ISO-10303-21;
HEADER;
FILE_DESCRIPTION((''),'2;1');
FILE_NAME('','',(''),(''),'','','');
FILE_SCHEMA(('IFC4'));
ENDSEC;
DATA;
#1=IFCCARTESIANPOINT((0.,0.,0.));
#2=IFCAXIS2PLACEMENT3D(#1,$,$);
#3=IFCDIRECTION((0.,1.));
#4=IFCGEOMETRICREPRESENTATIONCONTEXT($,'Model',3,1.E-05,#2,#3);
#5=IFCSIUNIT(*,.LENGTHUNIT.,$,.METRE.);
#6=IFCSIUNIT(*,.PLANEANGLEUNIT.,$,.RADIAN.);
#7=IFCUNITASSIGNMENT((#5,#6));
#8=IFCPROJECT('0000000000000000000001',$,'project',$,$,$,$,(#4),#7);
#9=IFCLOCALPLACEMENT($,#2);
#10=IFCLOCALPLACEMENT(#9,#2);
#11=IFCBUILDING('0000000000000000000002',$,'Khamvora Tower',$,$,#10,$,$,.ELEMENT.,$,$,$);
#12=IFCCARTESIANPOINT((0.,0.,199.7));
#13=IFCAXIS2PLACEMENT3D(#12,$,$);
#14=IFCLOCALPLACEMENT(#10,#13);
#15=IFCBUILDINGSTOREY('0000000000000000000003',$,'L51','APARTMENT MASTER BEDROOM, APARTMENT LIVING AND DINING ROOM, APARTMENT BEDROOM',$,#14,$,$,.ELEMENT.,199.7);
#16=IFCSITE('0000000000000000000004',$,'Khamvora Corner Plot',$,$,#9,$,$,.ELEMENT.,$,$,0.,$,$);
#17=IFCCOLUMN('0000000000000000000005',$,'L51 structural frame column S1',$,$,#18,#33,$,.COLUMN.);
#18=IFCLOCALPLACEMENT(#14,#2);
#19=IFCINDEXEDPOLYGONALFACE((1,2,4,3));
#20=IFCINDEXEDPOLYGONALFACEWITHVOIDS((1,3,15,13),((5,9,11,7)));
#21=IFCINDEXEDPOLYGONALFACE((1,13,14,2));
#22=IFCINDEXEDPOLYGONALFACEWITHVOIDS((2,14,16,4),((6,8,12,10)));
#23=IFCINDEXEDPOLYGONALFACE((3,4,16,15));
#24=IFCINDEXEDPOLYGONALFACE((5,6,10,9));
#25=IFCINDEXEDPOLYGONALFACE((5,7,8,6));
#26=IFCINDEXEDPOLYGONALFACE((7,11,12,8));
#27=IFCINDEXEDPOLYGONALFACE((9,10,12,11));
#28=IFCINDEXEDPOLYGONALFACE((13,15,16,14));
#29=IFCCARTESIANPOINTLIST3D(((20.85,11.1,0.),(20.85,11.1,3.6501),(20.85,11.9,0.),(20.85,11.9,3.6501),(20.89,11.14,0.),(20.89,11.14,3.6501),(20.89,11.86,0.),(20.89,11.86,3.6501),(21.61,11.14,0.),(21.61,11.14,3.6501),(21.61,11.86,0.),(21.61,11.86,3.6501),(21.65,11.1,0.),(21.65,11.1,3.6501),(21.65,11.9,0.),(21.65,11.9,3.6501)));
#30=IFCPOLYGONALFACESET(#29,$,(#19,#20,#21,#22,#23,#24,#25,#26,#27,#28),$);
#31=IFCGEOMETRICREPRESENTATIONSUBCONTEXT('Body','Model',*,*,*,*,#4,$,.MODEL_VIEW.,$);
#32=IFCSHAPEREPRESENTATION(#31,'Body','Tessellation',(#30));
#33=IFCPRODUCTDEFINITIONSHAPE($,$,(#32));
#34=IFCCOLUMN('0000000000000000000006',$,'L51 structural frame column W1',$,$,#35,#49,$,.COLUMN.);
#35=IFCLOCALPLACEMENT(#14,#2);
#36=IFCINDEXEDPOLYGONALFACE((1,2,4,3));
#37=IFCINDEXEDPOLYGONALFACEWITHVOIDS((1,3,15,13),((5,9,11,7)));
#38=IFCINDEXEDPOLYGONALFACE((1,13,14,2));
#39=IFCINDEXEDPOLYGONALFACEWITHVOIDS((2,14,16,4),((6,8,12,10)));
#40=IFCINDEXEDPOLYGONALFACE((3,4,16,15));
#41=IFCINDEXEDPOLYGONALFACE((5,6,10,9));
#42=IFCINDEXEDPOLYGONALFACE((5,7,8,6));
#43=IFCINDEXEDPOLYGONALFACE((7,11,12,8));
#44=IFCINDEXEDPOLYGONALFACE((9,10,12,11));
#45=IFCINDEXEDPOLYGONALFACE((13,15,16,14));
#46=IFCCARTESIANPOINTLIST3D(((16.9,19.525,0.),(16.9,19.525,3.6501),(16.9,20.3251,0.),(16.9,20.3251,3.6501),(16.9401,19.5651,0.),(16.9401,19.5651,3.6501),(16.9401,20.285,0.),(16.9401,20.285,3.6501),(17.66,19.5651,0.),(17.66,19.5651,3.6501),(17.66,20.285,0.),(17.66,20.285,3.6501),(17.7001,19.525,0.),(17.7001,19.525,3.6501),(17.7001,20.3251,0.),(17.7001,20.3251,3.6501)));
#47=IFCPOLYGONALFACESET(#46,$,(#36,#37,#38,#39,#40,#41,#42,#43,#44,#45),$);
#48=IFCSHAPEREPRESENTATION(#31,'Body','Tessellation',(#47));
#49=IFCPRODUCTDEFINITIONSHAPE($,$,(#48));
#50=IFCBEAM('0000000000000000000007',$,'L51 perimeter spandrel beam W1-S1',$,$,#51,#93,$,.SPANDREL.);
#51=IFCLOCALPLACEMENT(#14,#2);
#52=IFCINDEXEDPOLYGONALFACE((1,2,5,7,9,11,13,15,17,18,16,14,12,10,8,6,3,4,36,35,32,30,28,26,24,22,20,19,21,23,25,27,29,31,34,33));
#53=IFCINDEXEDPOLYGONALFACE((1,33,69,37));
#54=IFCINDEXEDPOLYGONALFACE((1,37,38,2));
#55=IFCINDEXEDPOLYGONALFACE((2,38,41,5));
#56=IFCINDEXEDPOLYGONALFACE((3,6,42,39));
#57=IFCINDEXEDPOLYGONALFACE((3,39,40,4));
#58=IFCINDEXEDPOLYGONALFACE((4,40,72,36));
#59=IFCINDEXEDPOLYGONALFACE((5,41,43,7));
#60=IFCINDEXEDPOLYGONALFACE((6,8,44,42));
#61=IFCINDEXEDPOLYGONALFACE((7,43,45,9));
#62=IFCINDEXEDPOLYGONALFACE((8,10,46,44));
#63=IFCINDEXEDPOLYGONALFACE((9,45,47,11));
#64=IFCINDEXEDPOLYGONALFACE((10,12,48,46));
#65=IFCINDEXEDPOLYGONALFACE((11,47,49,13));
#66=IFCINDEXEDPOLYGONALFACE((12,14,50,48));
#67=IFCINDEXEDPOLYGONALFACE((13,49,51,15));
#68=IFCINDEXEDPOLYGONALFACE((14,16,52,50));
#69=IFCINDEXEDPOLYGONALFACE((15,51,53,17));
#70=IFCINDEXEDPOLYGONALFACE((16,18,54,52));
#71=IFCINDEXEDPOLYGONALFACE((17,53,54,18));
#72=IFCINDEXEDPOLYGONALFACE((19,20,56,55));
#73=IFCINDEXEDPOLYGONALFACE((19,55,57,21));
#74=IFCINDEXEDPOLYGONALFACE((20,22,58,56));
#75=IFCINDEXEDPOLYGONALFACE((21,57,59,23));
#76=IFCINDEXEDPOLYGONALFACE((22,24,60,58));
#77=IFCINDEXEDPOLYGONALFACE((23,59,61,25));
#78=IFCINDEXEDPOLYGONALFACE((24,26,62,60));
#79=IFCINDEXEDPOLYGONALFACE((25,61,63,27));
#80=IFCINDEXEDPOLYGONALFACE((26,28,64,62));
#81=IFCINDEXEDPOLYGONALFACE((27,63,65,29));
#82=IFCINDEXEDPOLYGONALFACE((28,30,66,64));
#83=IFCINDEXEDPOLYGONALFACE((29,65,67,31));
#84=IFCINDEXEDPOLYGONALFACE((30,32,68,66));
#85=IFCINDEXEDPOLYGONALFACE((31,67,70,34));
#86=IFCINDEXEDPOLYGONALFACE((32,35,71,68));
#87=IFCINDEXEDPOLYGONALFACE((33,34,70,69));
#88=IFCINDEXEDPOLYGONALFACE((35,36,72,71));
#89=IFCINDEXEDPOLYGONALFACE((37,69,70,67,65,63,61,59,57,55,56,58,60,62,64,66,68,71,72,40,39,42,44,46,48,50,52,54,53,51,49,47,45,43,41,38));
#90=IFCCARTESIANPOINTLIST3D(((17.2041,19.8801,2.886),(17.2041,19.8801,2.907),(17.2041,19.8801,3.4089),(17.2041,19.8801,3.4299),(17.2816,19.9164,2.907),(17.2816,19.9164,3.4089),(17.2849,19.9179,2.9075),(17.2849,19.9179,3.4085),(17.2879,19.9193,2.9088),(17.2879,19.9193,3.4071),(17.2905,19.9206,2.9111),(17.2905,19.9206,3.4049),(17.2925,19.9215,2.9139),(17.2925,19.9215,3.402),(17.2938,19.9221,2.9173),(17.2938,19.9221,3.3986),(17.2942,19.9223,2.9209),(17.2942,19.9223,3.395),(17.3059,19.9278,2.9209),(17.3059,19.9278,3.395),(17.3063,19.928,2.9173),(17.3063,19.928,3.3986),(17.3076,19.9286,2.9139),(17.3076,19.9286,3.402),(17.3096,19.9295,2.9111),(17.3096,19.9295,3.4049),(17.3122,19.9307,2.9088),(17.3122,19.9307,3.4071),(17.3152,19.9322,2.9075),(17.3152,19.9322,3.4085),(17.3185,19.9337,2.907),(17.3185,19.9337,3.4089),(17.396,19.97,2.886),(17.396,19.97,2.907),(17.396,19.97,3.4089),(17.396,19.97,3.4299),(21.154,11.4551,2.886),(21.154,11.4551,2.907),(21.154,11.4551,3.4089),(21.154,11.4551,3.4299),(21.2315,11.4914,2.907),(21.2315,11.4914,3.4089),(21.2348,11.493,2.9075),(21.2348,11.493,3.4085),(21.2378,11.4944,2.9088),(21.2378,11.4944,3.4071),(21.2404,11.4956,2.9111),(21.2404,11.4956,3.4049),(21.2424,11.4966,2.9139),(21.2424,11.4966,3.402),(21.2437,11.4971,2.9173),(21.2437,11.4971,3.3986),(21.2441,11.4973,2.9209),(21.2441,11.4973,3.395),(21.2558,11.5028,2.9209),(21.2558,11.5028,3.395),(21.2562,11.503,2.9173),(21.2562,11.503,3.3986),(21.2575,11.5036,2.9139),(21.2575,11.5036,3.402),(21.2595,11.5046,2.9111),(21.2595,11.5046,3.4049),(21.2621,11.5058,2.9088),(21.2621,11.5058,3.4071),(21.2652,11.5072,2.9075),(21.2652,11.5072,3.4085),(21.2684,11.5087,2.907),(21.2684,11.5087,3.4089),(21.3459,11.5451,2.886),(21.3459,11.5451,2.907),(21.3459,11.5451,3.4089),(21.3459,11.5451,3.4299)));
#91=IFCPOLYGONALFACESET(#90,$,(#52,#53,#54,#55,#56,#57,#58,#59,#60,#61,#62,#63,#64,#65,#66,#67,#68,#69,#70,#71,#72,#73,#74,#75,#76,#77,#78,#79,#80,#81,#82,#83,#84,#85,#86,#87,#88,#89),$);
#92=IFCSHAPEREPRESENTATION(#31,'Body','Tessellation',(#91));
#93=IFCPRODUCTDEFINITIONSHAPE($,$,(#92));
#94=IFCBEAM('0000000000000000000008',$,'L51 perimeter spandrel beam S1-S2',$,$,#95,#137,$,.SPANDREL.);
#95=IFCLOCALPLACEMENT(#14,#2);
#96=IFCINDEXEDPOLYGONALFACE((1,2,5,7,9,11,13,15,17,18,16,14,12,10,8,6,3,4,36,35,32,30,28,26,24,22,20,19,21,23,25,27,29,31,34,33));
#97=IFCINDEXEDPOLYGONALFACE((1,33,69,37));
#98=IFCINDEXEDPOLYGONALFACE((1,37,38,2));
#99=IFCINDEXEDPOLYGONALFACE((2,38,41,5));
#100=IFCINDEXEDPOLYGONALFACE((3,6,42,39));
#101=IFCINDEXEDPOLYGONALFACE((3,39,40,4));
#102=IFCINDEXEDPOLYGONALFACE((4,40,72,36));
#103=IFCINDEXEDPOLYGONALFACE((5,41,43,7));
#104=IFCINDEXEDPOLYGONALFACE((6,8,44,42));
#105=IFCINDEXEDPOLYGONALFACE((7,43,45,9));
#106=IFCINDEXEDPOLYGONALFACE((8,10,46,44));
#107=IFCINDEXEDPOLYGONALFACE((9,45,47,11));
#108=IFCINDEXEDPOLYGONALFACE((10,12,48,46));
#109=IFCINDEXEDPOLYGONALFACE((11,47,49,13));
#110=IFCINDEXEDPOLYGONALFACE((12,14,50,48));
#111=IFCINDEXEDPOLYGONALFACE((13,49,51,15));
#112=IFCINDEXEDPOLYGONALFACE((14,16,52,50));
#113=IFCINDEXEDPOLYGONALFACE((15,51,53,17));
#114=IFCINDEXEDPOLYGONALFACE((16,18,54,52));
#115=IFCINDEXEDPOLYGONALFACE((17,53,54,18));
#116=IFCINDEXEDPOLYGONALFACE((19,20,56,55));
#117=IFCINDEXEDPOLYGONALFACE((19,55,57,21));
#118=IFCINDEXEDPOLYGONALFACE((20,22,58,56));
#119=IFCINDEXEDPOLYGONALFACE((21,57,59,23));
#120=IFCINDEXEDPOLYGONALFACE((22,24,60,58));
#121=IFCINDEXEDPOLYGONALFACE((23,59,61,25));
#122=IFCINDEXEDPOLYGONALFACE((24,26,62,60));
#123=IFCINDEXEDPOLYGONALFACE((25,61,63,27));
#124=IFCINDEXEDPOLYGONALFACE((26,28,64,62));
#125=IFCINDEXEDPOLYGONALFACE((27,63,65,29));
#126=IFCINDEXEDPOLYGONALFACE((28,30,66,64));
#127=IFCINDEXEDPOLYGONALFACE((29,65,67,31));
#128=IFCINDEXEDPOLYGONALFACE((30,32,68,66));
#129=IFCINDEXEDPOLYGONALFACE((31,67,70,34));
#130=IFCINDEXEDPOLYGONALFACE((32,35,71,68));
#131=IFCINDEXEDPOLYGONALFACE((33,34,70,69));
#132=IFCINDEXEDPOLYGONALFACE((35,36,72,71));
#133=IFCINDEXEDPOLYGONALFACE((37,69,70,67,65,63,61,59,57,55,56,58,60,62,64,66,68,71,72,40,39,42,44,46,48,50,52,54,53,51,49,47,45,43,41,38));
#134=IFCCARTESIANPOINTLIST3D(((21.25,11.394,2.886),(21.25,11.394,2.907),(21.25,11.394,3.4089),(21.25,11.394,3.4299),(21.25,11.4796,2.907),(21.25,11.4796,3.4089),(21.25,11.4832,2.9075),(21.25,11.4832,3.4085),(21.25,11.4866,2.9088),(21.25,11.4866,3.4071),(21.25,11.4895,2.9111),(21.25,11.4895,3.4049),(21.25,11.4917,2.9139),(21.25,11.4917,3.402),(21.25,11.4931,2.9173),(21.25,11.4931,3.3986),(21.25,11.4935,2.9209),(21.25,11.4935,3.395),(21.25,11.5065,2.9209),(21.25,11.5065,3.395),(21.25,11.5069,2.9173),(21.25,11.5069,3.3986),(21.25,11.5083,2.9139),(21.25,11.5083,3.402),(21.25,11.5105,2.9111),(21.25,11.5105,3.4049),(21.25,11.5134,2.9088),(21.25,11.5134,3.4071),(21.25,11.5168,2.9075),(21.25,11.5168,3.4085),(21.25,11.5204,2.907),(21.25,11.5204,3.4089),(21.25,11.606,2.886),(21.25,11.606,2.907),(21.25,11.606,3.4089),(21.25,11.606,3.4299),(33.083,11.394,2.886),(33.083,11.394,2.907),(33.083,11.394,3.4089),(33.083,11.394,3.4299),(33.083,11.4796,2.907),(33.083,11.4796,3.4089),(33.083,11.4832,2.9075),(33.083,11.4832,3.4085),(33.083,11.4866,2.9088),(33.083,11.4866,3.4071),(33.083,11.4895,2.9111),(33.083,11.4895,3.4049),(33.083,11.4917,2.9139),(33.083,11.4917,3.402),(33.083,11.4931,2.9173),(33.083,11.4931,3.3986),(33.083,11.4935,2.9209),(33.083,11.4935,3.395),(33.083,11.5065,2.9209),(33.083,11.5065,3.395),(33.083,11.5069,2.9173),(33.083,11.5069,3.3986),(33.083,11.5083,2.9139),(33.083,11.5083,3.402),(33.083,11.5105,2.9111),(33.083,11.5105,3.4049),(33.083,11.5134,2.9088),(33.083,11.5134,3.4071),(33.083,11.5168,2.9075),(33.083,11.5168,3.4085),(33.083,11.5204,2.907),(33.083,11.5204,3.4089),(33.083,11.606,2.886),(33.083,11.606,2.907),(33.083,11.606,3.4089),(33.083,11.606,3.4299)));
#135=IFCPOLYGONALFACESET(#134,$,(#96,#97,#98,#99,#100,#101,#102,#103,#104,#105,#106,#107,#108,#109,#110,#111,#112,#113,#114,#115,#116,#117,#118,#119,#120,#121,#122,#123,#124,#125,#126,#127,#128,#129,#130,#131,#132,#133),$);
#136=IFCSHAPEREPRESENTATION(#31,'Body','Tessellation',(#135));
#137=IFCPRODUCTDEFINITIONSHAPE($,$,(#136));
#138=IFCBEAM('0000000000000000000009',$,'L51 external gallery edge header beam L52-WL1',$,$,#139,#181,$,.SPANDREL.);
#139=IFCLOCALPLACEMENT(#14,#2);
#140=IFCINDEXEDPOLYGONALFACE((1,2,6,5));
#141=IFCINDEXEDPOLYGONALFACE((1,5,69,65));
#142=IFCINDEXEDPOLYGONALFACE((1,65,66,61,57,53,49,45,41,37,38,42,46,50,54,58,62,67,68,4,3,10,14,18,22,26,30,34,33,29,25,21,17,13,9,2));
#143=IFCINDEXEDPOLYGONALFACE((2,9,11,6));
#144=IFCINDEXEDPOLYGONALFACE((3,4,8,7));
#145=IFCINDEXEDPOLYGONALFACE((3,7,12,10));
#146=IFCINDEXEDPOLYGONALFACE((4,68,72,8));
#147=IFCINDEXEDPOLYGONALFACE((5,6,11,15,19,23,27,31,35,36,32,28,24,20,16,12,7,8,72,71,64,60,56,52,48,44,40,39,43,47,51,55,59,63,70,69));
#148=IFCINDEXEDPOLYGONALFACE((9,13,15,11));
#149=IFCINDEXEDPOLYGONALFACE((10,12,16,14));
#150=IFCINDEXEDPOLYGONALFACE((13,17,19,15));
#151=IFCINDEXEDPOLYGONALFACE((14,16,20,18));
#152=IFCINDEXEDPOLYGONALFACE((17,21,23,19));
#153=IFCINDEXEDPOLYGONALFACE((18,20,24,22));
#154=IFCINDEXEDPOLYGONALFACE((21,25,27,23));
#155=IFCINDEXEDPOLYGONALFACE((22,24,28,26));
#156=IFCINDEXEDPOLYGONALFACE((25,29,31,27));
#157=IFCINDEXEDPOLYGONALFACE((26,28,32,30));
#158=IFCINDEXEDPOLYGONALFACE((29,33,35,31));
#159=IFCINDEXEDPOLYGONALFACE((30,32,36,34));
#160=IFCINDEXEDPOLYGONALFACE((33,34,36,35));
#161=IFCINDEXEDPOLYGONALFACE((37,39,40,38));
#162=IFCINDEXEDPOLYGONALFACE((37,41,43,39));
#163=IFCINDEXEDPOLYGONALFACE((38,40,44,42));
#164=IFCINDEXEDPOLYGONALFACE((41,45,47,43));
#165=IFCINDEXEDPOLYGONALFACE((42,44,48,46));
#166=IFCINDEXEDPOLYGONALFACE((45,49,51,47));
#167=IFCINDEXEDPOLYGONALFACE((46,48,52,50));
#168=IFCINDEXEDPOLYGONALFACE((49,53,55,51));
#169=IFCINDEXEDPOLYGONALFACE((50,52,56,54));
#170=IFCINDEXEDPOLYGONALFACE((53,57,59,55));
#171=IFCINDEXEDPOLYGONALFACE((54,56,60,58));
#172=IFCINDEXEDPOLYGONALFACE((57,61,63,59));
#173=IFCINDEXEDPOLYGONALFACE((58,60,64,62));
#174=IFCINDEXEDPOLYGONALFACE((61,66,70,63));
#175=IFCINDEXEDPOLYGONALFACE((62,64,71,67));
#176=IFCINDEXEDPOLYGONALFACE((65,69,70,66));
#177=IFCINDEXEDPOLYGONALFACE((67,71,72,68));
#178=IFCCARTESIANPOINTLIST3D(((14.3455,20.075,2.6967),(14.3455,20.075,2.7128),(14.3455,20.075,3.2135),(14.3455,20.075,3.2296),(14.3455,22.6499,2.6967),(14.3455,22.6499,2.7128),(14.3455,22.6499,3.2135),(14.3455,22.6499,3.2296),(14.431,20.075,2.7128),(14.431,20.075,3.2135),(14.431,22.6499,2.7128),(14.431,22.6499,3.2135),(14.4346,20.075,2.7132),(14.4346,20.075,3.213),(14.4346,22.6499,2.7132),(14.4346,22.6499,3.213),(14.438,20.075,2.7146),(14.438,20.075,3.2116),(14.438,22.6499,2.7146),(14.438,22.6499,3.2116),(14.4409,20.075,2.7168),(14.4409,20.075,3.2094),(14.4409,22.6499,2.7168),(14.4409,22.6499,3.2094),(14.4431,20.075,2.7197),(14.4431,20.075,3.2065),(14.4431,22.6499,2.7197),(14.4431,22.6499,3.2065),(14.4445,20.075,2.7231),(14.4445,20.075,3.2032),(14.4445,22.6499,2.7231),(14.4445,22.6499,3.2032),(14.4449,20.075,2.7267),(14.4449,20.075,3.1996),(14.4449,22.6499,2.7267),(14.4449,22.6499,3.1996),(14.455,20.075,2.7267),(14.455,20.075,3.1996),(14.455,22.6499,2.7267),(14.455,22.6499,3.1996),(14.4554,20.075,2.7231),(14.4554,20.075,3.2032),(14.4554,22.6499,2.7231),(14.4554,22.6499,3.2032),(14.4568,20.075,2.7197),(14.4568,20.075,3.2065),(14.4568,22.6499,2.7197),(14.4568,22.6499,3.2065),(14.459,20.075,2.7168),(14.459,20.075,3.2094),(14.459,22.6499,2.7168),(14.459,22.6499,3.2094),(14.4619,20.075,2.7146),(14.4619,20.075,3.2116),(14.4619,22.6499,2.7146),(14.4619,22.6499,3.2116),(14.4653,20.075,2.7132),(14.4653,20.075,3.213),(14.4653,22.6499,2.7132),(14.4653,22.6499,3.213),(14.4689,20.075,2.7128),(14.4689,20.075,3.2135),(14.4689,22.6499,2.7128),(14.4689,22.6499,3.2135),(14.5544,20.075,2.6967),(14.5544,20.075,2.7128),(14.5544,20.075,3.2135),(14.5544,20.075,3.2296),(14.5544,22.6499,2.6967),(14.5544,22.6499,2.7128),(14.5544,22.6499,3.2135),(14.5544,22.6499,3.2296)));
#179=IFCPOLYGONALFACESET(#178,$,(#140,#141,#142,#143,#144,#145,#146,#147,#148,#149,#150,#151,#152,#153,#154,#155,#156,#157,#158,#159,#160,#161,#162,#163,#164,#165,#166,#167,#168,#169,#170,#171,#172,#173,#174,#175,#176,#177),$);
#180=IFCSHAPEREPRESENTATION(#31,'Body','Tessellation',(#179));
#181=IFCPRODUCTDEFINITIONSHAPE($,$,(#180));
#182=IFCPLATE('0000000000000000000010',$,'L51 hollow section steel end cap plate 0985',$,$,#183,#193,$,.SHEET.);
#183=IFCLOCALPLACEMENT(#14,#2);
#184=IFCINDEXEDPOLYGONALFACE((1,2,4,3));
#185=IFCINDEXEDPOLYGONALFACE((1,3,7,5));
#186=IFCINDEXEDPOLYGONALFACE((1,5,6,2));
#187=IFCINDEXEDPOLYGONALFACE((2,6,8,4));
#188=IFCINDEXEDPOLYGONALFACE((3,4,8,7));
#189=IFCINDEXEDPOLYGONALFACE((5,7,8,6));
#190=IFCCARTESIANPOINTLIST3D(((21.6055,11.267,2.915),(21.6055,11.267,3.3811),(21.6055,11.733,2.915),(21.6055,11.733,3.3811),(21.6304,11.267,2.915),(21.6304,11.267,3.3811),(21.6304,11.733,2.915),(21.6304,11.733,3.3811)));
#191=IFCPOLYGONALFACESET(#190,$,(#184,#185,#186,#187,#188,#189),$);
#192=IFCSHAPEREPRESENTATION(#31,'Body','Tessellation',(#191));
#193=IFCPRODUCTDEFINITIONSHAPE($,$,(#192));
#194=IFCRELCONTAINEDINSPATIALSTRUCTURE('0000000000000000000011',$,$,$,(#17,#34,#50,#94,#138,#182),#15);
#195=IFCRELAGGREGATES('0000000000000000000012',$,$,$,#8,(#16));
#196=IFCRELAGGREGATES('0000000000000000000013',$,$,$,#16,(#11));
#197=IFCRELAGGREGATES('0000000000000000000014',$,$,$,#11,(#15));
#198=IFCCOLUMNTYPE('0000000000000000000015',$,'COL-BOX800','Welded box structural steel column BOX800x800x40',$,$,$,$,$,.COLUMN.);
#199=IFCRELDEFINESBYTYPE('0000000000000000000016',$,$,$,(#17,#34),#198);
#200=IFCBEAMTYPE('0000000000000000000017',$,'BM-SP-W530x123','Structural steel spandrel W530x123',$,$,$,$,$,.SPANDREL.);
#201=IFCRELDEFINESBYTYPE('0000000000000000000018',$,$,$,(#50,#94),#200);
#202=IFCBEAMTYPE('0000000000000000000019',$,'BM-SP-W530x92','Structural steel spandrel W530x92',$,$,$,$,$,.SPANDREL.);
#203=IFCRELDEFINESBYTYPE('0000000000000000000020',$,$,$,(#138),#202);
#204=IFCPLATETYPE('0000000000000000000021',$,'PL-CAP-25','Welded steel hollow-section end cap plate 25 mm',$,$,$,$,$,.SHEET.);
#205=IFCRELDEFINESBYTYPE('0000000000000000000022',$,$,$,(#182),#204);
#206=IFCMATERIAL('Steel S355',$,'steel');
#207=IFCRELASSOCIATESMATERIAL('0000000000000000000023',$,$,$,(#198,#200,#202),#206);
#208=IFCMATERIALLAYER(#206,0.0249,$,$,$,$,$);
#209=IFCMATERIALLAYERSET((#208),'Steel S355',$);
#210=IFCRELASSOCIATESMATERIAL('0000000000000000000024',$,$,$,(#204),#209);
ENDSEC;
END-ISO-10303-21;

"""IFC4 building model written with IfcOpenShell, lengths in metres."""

from ifc_helpers import new_model, si_unit, direction, frame, origin, origin_2d, place, context, subcontext, project, spatial, rectangle, hollow_rectangle, i_section, extrude, material, layer, layer_set, material_profile, profile_set, type_object, element, save


model = new_model("IFC4")

# Units and contexts
model_context = context("Model", 3, precision=1e-05, world=origin(), true_north=direction((0.0, 1.0)))
body_context = subcontext(model_context, "Body", "Model", "MODEL_VIEW")
ifc_project = project(units=[si_unit("LENGTHUNIT", "METRE"), si_unit("PLANEANGLEUNIT", "RADIAN")], contexts=[model_context])

# Site, building, storey
site_placement = place(None, origin())
site = spatial("IfcSite", under=ifc_project, at=site_placement, Name="Khamvora Corner Plot", CompositionType="ELEMENT", RefElevation=0.0)
building_placement = place(site_placement, origin())
building = spatial("IfcBuilding", under=site, at=building_placement, Name="Khamvora Tower", CompositionType="ELEMENT")
storey_placement = place(building_placement, frame((0.0, 0.0, 199.7)))
storey = spatial("IfcBuildingStorey", under=building, at=storey_placement, Name="L51", Description="APARTMENT MASTER BEDROOM, APARTMENT LIVING AND DINING ROOM, APARTMENT BEDROOM", CompositionType="ELEMENT", Elevation=199.7)

# Columns
ifc_material_1 = material(Name="Steel S355", Category="steel")
ifc_material_profile_1 = material_profile(ifc_material_1, hollow_rectangle(XDim=0.8, YDim=0.8, WallThickness=0.04, at=origin_2d()), Name="BOX800x800x40")
ifc_profile_set_1 = profile_set([ifc_material_profile_1], Name="Steel S355")
column_type = type_object("IfcColumnType", Name="COL-BOX800", Description="Welded box structural steel column BOX800x800x40", PredefinedType="COLUMN", material=ifc_profile_set_1)
for number, where, z_axis, x_axis, name in (
    (1, (21.25, 11.5, 0.0), (0.0, 0.0, 1.0), (1.0, 0.0, 0.0), "L51 structural frame column S1"),
    (2, (17.3, 19.925, 0.0), (0.0, 0.0, 1.0), (1.0, 0.0, 0.0), "L51 structural frame column W1"),
):
    element("IfcColumn", number, at=place(storey_placement, frame(where, z_axis=z_axis, x_axis=x_axis)), inside=storey, type_object=column_type, Name=name, PredefinedType="COLUMN", context=body_context, shape_type="SweptSolid", body=[
        extrude(hollow_rectangle(XDim=0.8, YDim=0.8, WallThickness=0.04, at=origin_2d()), origin(), (0.0, 0.0, 1.0), 3.6501),
    ])

# Beams
ifc_material_profile_2 = material_profile(ifc_material_1, i_section(OverallWidth=0.2119, OverallDepth=0.5439, WebThickness=0.0129, FlangeThickness=0.021, FilletRadius=0.0139, at=origin_2d()), Name="W530x123")
ifc_profile_set_2 = profile_set([ifc_material_profile_2], Name="Steel S355")
beam_type_1 = type_object("IfcBeamType", Name="BM-SP-W530x123", Description="Structural steel spandrel W530x123", PredefinedType="SPANDREL", material=ifc_profile_set_2)
beam_1_placement = place(storey_placement, frame((17.3, 19.925, 3.158), z_axis=(0.424496, -0.90543, 0.0), x_axis=(0.90543, 0.424496, 0.0)))
element("IfcBeam", 3, at=beam_1_placement, inside=storey, type_object=beam_type_1, Name="L51 perimeter spandrel beam W1-S1", PredefinedType="SPANDREL", context=body_context, shape_type="SweptSolid", body=[
    extrude(i_section(OverallWidth=0.2119, OverallDepth=0.5439, WebThickness=0.0129, FlangeThickness=0.021, FilletRadius=0.0139, at=origin_2d()), origin(), (0.0, 0.0, 1.0), 9.3049),
])
beam_2_placement = place(storey_placement, frame((21.25, 11.5, 3.158), z_axis=(1.0, 0.0, 0.0), x_axis=(0.0, 1.0, 0.0)))
element("IfcBeam", 4, at=beam_2_placement, inside=storey, type_object=beam_type_1, Name="L51 perimeter spandrel beam S1-S2", PredefinedType="SPANDREL", context=body_context, shape_type="SweptSolid", body=[
    extrude(i_section(OverallWidth=0.2119, OverallDepth=0.5439, WebThickness=0.0129, FlangeThickness=0.021, FilletRadius=0.0139, at=origin_2d()), origin(), (0.0, 0.0, 1.0), 11.833),
])
ifc_material_profile_3 = material_profile(ifc_material_1, i_section(OverallWidth=0.209, OverallDepth=0.533, WebThickness=0.01, FlangeThickness=0.0161, FilletRadius=0.0139, at=origin_2d()), Name="W530x92")
ifc_profile_set_3 = profile_set([ifc_material_profile_3], Name="Steel S355")
beam_type_2 = type_object("IfcBeamType", Name="BM-SP-W530x92", Description="Structural steel spandrel W530x92", PredefinedType="SPANDREL", material=ifc_profile_set_3)
beam_3_placement = place(storey_placement, frame((14.45, 20.075, 2.9631), z_axis=(0.0, 1.0, 0.0), x_axis=(-1.0, 0.0, 0.0)))
element("IfcBeam", 5, at=beam_3_placement, inside=storey, type_object=beam_type_2, Name="L51 external gallery edge header beam L52-WL1", PredefinedType="SPANDREL", context=body_context, shape_type="SweptSolid", body=[
    extrude(i_section(OverallWidth=0.209, OverallDepth=0.533, WebThickness=0.01, FlangeThickness=0.0161, FilletRadius=0.0139, at=origin_2d()), origin(), (0.0, 0.0, 1.0), 2.575),
])

# Plate
ifc_layer_1 = layer(ifc_material_1, 0.0249)
ifc_layer_set_1 = layer_set([ifc_layer_1], Name="Steel S355")
plate_type_1 = type_object("IfcPlateType", Name="PL-CAP-25", Description="Welded steel hollow-section end cap plate 25 mm", PredefinedType="SHEET", material=ifc_layer_set_1)
plate_1_placement = place(storey_placement, frame((21.6179, 11.5, 2.915), z_axis=(0.0, 0.0, 1.0), x_axis=(-1.0, 0.0, 0.0)))
element("IfcPlate", 6, at=plate_1_placement, inside=storey, type_object=plate_type_1, Name="L51 hollow section steel end cap plate 0985", PredefinedType="SHEET", context=body_context, shape_type="SweptSolid", body=[
    extrude(rectangle(XDim=0.0249, YDim=0.4661, at=origin_2d()), origin(), (0.0, 0.0, 1.0), 0.4661),
])

save(model, "model.ifc")
